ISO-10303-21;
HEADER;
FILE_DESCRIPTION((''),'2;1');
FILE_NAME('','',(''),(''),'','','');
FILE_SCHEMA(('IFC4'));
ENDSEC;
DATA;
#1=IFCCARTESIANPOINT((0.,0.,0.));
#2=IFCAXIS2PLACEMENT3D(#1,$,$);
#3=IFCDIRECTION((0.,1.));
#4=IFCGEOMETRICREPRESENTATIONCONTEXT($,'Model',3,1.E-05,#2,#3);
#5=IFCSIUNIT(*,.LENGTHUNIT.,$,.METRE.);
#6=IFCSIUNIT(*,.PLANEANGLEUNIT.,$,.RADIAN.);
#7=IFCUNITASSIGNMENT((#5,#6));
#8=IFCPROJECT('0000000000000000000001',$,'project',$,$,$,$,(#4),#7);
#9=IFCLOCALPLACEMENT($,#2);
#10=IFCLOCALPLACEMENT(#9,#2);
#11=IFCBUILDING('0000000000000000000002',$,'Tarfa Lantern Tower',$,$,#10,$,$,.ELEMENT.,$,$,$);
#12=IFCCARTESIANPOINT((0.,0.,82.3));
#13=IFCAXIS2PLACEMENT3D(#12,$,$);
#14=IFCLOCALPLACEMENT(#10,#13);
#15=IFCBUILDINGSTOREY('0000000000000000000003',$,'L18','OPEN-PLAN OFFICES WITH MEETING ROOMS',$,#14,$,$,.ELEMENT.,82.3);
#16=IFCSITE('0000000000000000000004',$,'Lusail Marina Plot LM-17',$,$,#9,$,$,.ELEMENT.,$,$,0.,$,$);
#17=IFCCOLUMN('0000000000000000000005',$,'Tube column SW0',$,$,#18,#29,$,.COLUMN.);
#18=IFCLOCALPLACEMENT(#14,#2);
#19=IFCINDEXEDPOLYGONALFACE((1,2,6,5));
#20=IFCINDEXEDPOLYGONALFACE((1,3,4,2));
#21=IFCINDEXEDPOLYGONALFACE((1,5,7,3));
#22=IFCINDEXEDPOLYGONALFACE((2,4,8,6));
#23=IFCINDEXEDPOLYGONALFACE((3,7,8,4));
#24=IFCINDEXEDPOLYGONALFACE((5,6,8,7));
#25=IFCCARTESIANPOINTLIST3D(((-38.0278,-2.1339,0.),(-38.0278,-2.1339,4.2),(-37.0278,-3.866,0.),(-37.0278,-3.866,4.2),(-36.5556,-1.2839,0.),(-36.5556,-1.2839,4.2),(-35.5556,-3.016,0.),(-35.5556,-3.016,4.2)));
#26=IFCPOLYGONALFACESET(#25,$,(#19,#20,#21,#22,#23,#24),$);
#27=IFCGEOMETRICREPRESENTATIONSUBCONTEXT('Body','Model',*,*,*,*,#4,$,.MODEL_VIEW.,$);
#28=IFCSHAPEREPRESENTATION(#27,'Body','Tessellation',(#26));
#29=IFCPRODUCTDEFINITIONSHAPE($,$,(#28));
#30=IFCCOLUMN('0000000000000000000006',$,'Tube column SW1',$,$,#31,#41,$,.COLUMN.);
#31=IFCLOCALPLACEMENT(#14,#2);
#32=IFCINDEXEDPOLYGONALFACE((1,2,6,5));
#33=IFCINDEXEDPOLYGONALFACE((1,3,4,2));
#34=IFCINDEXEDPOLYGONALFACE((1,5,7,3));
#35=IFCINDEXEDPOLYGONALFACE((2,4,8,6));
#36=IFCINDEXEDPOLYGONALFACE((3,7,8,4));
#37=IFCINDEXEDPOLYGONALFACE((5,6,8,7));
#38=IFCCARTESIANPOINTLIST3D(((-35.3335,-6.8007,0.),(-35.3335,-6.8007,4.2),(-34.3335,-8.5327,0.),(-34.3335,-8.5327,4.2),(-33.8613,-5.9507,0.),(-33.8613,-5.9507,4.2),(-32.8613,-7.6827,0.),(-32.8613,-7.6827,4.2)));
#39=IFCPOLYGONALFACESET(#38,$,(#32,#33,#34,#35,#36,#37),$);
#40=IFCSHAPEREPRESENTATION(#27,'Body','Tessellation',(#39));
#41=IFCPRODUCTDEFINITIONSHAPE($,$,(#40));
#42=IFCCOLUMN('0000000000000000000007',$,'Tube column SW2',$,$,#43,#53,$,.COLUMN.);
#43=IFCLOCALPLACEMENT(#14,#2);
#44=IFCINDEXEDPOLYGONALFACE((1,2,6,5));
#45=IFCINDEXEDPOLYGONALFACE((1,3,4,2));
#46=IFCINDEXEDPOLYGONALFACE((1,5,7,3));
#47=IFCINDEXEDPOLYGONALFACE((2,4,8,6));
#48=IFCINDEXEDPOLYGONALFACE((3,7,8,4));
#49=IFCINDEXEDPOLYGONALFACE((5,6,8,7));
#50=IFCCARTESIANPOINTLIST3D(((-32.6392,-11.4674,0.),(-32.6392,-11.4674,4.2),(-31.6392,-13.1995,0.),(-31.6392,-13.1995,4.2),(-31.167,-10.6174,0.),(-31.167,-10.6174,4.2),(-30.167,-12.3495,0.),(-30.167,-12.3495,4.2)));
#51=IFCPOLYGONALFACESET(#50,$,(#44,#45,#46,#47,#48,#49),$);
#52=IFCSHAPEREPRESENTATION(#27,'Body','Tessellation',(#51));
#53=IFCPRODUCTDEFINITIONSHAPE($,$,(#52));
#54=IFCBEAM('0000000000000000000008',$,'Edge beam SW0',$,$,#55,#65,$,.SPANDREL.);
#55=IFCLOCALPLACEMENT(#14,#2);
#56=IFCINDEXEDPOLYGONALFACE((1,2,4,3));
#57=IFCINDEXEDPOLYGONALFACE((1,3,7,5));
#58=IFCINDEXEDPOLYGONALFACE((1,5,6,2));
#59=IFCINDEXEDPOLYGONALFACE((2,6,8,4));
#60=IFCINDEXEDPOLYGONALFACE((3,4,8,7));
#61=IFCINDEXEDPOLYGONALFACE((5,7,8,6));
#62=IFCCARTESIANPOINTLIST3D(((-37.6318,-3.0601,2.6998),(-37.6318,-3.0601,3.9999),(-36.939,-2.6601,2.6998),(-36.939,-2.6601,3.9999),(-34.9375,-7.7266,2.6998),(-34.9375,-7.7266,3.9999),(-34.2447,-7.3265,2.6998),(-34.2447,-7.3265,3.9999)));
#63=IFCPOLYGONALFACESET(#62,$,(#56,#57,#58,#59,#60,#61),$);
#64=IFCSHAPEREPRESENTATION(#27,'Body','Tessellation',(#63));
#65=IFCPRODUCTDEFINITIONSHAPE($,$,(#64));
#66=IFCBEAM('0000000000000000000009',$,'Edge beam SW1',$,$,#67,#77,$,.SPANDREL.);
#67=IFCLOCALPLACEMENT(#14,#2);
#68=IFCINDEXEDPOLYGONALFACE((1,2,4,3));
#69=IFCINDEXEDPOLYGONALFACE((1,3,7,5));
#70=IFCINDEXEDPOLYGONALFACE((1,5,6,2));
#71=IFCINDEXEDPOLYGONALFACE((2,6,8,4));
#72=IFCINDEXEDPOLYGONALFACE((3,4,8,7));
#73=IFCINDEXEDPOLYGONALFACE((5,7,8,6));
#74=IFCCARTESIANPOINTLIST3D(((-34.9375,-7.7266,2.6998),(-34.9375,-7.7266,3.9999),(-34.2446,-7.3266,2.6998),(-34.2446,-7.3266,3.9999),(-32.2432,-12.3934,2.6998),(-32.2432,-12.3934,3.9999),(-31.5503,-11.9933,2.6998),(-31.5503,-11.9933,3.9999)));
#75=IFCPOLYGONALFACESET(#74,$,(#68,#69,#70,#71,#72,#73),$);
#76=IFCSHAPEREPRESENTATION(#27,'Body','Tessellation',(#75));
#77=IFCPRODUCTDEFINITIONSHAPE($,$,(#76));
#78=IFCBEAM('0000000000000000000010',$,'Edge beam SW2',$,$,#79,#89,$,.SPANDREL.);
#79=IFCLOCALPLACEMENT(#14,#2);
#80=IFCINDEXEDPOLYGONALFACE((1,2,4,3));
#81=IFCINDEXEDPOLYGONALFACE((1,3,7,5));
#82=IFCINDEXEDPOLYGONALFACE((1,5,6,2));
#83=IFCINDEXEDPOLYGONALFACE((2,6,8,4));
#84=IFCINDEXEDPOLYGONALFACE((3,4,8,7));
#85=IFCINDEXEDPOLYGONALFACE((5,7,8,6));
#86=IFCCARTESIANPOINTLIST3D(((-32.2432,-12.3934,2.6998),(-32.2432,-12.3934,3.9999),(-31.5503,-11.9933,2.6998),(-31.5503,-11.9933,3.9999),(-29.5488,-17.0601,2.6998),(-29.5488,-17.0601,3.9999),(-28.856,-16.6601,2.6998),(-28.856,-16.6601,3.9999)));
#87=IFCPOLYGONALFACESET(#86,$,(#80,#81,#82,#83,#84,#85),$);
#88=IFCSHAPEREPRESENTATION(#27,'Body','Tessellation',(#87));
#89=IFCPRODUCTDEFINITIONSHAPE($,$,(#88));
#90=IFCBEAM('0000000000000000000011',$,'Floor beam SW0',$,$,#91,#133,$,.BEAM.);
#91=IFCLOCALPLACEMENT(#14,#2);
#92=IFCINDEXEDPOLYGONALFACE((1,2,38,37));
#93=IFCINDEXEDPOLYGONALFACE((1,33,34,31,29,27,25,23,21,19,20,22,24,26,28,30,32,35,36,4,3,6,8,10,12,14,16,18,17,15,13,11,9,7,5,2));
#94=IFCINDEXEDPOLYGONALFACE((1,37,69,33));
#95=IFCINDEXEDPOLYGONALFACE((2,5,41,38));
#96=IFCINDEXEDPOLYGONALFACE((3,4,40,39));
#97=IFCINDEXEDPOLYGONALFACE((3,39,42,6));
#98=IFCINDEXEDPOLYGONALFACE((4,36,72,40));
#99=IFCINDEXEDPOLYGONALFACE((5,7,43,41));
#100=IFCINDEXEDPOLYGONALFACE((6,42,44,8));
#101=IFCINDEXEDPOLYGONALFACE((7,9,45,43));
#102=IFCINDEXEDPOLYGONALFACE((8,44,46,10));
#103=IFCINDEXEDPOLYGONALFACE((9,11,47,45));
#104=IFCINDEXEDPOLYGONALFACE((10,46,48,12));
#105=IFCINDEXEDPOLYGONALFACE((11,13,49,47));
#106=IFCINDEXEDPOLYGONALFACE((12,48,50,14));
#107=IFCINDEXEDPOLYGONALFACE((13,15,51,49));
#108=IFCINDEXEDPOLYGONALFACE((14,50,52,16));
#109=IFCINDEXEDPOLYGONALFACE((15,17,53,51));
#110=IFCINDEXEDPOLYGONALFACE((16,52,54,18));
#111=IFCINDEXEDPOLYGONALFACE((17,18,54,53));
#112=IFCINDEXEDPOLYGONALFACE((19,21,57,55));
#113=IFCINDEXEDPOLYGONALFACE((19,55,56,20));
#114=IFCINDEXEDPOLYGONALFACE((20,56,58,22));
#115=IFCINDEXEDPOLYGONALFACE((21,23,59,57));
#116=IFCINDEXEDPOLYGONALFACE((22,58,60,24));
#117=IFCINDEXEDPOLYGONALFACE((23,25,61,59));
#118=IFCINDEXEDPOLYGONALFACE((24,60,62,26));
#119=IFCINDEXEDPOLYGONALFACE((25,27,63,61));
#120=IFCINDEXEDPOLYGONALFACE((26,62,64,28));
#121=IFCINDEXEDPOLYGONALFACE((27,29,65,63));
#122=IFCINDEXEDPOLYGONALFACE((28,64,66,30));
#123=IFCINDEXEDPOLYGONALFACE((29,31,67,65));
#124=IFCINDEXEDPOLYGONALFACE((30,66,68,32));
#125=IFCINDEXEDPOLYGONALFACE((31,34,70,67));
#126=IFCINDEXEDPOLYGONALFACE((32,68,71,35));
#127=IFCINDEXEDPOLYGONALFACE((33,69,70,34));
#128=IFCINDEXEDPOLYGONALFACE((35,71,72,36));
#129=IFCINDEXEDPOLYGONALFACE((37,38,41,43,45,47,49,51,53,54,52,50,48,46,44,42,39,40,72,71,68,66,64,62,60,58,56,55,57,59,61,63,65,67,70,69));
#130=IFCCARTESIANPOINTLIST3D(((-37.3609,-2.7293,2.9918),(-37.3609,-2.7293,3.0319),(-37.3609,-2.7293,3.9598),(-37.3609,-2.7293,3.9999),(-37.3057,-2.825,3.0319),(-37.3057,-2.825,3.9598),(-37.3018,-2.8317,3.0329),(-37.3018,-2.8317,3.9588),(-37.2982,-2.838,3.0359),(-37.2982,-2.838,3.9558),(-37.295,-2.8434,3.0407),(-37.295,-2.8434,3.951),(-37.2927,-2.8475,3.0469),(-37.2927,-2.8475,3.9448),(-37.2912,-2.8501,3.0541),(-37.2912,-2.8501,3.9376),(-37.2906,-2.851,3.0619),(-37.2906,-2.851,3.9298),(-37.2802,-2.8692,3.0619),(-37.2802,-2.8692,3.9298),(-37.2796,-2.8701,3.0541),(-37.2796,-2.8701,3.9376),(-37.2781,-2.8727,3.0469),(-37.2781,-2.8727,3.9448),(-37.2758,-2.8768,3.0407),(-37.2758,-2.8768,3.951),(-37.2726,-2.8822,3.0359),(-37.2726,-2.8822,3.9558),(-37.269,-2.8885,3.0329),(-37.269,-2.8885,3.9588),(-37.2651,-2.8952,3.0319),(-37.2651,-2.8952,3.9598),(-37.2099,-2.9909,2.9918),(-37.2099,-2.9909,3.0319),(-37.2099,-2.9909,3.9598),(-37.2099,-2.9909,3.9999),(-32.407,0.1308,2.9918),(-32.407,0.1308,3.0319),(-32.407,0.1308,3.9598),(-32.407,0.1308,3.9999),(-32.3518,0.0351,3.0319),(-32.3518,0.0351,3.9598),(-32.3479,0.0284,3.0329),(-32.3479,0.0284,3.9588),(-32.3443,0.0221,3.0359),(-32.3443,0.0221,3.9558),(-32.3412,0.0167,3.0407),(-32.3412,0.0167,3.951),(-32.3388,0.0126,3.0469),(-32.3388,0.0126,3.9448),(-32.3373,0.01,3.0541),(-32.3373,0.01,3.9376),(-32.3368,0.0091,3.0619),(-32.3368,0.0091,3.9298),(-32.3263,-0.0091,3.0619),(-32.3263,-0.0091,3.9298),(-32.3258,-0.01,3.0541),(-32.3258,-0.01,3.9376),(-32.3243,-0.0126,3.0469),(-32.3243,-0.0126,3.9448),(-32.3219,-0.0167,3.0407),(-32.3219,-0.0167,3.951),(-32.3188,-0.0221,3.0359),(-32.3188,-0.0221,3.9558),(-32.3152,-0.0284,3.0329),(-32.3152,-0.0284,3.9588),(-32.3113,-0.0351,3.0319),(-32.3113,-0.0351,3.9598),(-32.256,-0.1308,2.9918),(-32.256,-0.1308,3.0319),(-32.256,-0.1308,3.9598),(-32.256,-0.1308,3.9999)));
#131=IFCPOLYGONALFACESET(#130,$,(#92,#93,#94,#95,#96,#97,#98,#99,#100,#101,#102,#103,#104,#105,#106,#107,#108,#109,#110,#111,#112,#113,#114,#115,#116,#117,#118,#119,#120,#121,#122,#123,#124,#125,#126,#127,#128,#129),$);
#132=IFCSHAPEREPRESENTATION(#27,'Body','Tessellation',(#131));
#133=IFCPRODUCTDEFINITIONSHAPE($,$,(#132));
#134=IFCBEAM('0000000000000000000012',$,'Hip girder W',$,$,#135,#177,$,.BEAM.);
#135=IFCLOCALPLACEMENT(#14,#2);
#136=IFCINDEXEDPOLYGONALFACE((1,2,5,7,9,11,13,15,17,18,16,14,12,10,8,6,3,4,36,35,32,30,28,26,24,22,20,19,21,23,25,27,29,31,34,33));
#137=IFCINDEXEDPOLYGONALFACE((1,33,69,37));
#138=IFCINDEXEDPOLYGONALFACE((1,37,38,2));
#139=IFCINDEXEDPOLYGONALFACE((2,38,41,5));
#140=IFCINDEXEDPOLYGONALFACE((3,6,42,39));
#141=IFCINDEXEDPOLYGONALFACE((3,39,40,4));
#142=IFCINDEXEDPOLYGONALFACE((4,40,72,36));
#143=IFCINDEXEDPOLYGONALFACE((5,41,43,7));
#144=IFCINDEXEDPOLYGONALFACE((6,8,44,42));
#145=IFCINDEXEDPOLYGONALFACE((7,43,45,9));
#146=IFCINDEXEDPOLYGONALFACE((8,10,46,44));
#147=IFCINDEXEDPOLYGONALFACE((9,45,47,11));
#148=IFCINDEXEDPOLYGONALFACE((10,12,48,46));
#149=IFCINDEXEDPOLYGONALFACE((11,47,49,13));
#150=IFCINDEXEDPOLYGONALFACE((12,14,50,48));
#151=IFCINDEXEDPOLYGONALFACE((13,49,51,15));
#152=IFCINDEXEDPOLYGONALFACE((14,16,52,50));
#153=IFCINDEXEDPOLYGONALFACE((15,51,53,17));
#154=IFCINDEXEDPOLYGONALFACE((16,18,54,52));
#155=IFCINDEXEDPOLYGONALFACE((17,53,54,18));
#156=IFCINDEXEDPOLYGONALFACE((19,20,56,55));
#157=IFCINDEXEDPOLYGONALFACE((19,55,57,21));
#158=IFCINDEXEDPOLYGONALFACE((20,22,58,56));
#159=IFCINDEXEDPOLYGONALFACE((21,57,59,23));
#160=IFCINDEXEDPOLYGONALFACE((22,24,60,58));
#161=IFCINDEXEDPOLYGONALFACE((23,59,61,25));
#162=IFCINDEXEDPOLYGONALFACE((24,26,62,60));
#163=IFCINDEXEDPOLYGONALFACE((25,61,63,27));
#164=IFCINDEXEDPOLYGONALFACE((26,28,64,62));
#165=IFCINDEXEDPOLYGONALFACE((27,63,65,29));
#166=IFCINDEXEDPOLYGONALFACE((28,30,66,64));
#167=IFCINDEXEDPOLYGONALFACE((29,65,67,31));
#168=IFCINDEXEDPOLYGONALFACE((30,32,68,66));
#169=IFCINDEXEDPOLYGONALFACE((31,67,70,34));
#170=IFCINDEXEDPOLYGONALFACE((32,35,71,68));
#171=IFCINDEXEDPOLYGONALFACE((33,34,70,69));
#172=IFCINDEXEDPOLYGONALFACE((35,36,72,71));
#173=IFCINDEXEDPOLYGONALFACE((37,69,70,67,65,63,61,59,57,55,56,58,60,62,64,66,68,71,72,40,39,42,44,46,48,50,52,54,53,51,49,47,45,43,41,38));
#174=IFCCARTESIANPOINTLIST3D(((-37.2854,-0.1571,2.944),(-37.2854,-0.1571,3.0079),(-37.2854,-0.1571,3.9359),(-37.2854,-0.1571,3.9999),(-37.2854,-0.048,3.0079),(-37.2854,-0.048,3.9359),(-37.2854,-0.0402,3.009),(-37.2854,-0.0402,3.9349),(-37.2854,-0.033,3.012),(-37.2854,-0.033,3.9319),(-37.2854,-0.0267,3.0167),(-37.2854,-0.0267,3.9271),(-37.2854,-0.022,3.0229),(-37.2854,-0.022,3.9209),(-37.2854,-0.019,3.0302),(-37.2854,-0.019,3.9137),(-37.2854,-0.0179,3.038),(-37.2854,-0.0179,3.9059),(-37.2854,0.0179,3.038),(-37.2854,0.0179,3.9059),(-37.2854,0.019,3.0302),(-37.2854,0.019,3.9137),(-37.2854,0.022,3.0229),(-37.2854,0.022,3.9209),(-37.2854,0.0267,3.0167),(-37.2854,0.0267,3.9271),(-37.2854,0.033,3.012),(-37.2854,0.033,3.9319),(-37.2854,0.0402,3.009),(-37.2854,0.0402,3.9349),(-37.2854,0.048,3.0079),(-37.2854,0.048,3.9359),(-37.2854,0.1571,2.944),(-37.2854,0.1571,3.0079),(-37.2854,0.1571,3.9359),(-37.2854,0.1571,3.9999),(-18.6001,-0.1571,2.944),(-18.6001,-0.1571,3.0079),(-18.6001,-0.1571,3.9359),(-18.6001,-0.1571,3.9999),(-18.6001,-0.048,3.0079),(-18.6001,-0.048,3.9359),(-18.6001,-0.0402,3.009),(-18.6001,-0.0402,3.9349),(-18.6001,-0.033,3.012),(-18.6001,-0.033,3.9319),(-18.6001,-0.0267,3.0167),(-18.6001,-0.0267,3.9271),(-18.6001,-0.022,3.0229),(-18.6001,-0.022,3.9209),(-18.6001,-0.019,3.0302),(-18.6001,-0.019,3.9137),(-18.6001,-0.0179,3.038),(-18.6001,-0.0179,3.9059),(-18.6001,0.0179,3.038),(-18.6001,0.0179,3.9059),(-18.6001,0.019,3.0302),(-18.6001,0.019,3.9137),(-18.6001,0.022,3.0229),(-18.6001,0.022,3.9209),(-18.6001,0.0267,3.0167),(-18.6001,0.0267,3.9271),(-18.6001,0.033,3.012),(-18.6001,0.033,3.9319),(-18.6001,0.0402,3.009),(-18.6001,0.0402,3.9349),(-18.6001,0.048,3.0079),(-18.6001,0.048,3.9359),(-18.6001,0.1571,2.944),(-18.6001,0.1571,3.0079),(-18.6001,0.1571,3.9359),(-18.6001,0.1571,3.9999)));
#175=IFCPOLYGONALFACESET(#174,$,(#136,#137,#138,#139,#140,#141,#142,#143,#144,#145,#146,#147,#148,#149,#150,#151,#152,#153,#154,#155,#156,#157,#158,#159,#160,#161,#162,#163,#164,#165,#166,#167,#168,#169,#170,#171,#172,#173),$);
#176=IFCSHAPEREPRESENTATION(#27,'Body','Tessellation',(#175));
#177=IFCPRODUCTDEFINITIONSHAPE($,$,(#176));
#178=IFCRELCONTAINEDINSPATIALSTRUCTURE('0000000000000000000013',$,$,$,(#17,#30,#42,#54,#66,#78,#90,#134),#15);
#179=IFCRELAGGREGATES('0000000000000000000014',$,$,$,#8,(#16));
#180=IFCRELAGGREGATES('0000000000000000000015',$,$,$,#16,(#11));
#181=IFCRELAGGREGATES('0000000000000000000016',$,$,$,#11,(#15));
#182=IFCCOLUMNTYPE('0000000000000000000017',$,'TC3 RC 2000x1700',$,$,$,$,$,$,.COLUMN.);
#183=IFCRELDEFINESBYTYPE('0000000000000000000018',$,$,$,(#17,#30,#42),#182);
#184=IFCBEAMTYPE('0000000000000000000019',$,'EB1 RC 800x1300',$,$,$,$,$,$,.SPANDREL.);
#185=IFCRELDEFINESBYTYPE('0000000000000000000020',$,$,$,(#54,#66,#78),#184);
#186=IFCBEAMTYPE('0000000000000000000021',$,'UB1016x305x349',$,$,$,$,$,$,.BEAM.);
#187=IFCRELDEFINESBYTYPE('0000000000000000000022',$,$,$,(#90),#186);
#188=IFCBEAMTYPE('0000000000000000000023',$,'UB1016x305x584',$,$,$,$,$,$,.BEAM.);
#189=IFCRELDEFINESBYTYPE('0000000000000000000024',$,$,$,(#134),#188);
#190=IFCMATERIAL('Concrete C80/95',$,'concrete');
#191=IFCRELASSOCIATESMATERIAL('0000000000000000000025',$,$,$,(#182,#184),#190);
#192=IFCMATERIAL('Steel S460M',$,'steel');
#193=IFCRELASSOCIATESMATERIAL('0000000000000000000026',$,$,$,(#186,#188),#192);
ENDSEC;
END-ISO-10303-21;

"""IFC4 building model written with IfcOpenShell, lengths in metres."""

from ifc_helpers import new_model, si_unit, direction, frame, origin, origin_2d, place, context, subcontext, project, spatial, rectangle, i_section, extrude, material, material_profile, profile_set, type_object, element, save


model = new_model("IFC4")

# Units and contexts
model_context = context("Model", 3, precision=1e-05, world=origin(), true_north=direction((0.0, 1.0)))
body_context = subcontext(model_context, "Body", "Model", "MODEL_VIEW")
ifc_project = project(units=[si_unit("LENGTHUNIT", "METRE"), si_unit("PLANEANGLEUNIT", "RADIAN")], contexts=[model_context])

# Site, building, storey
site_placement = place(None, origin())
site = spatial("IfcSite", under=ifc_project, at=site_placement, Name="Lusail Marina Plot LM-17", CompositionType="ELEMENT", RefElevation=0.0)
building_placement = place(site_placement, origin())
building = spatial("IfcBuilding", under=site, at=building_placement, Name="Tarfa Lantern Tower", CompositionType="ELEMENT")
storey_placement = place(building_placement, frame((0.0, 0.0, 82.3)))
storey = spatial("IfcBuildingStorey", under=building, at=storey_placement, Name="L18", Description="OPEN-PLAN OFFICES WITH MEETING ROOMS", CompositionType="ELEMENT", Elevation=82.3)

# Columns
ifc_material_1 = material(Name="Concrete C80/95", Category="concrete")
ifc_material_profile_1 = material_profile(ifc_material_1, rectangle(XDim=2.0, YDim=1.7, at=origin_2d()), Name="RC 2000x1700")
ifc_profile_set_1 = profile_set([ifc_material_profile_1], Name="Concrete C80/95")
column_type = type_object("IfcColumnType", Name="TC3 RC 2000x1700", PredefinedType="COLUMN", material=ifc_profile_set_1)
for number, where, z_axis, x_axis, name in (
    (1, (-36.7917, -2.575, 0.0), (0.0, 0.0, 1.0), (0.5, -0.866025, 0.0), "Tube column SW0"),
    (2, (-34.0974, -7.2417, 0.0), (0.0, 0.0, 1.0), (0.5, -0.866025, 0.0), "Tube column SW1"),
    (3, (-31.4031, -11.9084, 0.0), (0.0, 0.0, 1.0), (0.5, -0.866025, 0.0), "Tube column SW2"),
):
    element("IfcColumn", number, at=place(storey_placement, frame(where, z_axis=z_axis, x_axis=x_axis)), inside=storey, type_object=column_type, Name=name, PredefinedType="COLUMN", context=body_context, shape_type="SweptSolid", body=[
        extrude(rectangle(XDim=2.0, YDim=1.7, at=origin_2d()), origin(), (0.0, 0.0, 1.0), 4.2),
    ])

# Beams
ifc_material_profile_2 = material_profile(ifc_material_1, rectangle(XDim=0.8, YDim=1.3, at=origin_2d()), Name="RC 800x1300")
ifc_profile_set_2 = profile_set([ifc_material_profile_2], Name="Concrete C80/95")
beam_type_1 = type_object("IfcBeamType", Name="EB1 RC 800x1300", PredefinedType="SPANDREL", material=ifc_profile_set_2)
beam_1_placement = place(storey_placement, frame((-37.2854, -2.8601, 3.3499), z_axis=(0.500018, -0.866015, 0.0), x_axis=(0.866015, 0.500018, 0.0)))
element("IfcBeam", 4, at=beam_1_placement, inside=storey, type_object=beam_type_1, Name="Edge beam SW0", PredefinedType="SPANDREL", context=body_context, shape_type="SweptSolid", body=[
    extrude(rectangle(XDim=0.8, YDim=1.3, at=origin_2d()), origin(), (0.0, 0.0, 1.0), 5.3884),
])
for number, where, z_axis, x_axis, name in (
    (5, (-34.5911, -7.5266, 3.3499), (0.499998, -0.866026, 0.0), (0.866026, 0.499998, 0.0), "Edge beam SW1"),
    (6, (-31.8967, -12.1934, 3.3499), (0.499998, -0.866026, 0.0), (0.866026, 0.499998, 0.0), "Edge beam SW2"),
):
    element("IfcBeam", number, at=place(storey_placement, frame(where, z_axis=z_axis, x_axis=x_axis)), inside=storey, type_object=beam_type_1, Name=name, PredefinedType="SPANDREL", context=body_context, shape_type="SweptSolid", body=[
        extrude(rectangle(XDim=0.8, YDim=1.3, at=origin_2d()), origin(), (0.0, 0.0, 1.0), 5.3887),
    ])
ifc_material_2 = material(Name="Steel S460M", Category="steel")
ifc_material_profile_3 = material_profile(ifc_material_2, i_section(OverallWidth=0.302, OverallDepth=1.0081, WebThickness=0.021, FlangeThickness=0.04, FilletRadius=0.03, at=origin_2d()), Name="UB1016x305x349")
ifc_profile_set_3 = profile_set([ifc_material_profile_3], Name="Steel S460M")
beam_type_2 = type_object("IfcBeamType", Name="UB1016x305x349", PredefinedType="BEAM", material=ifc_profile_set_3)
beam_2_placement = place(storey_placement, frame((-37.2854, -2.8601, 3.4958), z_axis=(0.866026, 0.5, 0.0), x_axis=(-0.5, 0.866026, 0.0)))
element("IfcBeam", 7, at=beam_2_placement, inside=storey, type_object=beam_type_2, Name="Floor beam SW0", PredefinedType="BEAM", context=body_context, shape_type="SweptSolid", body=[
    extrude(i_section(OverallWidth=0.302, OverallDepth=1.0081, WebThickness=0.021, FlangeThickness=0.04, FilletRadius=0.03, at=origin_2d()), origin(), (0.0, 0.0, 1.0), 5.7202),
])
ifc_material_profile_4 = material_profile(ifc_material_2, i_section(OverallWidth=0.3142, OverallDepth=1.0559, WebThickness=0.0359, FlangeThickness=0.064, FilletRadius=0.03, at=origin_2d()), Name="UB1016x305x584")
ifc_profile_set_4 = profile_set([ifc_material_profile_4], Name="Steel S460M")
beam_type_3 = type_object("IfcBeamType", Name="UB1016x305x584", PredefinedType="BEAM", material=ifc_profile_set_4)
beam_3_placement = place(storey_placement, frame((-18.6001, 0.0, 3.4719), z_axis=(-1.0, 0.0, 0.0), x_axis=(0.0, -1.0, 0.0)))
element("IfcBeam", 8, at=beam_3_placement, inside=storey, type_object=beam_type_3, Name="Hip girder W", PredefinedType="BEAM", context=body_context, shape_type="SweptSolid", body=[
    extrude(i_section(OverallWidth=0.3142, OverallDepth=1.0559, WebThickness=0.0359, FlangeThickness=0.064, FilletRadius=0.03, at=origin_2d()), origin(), (0.0, 0.0, 1.0), 18.6853),
])

save(model, "model.ifc")
